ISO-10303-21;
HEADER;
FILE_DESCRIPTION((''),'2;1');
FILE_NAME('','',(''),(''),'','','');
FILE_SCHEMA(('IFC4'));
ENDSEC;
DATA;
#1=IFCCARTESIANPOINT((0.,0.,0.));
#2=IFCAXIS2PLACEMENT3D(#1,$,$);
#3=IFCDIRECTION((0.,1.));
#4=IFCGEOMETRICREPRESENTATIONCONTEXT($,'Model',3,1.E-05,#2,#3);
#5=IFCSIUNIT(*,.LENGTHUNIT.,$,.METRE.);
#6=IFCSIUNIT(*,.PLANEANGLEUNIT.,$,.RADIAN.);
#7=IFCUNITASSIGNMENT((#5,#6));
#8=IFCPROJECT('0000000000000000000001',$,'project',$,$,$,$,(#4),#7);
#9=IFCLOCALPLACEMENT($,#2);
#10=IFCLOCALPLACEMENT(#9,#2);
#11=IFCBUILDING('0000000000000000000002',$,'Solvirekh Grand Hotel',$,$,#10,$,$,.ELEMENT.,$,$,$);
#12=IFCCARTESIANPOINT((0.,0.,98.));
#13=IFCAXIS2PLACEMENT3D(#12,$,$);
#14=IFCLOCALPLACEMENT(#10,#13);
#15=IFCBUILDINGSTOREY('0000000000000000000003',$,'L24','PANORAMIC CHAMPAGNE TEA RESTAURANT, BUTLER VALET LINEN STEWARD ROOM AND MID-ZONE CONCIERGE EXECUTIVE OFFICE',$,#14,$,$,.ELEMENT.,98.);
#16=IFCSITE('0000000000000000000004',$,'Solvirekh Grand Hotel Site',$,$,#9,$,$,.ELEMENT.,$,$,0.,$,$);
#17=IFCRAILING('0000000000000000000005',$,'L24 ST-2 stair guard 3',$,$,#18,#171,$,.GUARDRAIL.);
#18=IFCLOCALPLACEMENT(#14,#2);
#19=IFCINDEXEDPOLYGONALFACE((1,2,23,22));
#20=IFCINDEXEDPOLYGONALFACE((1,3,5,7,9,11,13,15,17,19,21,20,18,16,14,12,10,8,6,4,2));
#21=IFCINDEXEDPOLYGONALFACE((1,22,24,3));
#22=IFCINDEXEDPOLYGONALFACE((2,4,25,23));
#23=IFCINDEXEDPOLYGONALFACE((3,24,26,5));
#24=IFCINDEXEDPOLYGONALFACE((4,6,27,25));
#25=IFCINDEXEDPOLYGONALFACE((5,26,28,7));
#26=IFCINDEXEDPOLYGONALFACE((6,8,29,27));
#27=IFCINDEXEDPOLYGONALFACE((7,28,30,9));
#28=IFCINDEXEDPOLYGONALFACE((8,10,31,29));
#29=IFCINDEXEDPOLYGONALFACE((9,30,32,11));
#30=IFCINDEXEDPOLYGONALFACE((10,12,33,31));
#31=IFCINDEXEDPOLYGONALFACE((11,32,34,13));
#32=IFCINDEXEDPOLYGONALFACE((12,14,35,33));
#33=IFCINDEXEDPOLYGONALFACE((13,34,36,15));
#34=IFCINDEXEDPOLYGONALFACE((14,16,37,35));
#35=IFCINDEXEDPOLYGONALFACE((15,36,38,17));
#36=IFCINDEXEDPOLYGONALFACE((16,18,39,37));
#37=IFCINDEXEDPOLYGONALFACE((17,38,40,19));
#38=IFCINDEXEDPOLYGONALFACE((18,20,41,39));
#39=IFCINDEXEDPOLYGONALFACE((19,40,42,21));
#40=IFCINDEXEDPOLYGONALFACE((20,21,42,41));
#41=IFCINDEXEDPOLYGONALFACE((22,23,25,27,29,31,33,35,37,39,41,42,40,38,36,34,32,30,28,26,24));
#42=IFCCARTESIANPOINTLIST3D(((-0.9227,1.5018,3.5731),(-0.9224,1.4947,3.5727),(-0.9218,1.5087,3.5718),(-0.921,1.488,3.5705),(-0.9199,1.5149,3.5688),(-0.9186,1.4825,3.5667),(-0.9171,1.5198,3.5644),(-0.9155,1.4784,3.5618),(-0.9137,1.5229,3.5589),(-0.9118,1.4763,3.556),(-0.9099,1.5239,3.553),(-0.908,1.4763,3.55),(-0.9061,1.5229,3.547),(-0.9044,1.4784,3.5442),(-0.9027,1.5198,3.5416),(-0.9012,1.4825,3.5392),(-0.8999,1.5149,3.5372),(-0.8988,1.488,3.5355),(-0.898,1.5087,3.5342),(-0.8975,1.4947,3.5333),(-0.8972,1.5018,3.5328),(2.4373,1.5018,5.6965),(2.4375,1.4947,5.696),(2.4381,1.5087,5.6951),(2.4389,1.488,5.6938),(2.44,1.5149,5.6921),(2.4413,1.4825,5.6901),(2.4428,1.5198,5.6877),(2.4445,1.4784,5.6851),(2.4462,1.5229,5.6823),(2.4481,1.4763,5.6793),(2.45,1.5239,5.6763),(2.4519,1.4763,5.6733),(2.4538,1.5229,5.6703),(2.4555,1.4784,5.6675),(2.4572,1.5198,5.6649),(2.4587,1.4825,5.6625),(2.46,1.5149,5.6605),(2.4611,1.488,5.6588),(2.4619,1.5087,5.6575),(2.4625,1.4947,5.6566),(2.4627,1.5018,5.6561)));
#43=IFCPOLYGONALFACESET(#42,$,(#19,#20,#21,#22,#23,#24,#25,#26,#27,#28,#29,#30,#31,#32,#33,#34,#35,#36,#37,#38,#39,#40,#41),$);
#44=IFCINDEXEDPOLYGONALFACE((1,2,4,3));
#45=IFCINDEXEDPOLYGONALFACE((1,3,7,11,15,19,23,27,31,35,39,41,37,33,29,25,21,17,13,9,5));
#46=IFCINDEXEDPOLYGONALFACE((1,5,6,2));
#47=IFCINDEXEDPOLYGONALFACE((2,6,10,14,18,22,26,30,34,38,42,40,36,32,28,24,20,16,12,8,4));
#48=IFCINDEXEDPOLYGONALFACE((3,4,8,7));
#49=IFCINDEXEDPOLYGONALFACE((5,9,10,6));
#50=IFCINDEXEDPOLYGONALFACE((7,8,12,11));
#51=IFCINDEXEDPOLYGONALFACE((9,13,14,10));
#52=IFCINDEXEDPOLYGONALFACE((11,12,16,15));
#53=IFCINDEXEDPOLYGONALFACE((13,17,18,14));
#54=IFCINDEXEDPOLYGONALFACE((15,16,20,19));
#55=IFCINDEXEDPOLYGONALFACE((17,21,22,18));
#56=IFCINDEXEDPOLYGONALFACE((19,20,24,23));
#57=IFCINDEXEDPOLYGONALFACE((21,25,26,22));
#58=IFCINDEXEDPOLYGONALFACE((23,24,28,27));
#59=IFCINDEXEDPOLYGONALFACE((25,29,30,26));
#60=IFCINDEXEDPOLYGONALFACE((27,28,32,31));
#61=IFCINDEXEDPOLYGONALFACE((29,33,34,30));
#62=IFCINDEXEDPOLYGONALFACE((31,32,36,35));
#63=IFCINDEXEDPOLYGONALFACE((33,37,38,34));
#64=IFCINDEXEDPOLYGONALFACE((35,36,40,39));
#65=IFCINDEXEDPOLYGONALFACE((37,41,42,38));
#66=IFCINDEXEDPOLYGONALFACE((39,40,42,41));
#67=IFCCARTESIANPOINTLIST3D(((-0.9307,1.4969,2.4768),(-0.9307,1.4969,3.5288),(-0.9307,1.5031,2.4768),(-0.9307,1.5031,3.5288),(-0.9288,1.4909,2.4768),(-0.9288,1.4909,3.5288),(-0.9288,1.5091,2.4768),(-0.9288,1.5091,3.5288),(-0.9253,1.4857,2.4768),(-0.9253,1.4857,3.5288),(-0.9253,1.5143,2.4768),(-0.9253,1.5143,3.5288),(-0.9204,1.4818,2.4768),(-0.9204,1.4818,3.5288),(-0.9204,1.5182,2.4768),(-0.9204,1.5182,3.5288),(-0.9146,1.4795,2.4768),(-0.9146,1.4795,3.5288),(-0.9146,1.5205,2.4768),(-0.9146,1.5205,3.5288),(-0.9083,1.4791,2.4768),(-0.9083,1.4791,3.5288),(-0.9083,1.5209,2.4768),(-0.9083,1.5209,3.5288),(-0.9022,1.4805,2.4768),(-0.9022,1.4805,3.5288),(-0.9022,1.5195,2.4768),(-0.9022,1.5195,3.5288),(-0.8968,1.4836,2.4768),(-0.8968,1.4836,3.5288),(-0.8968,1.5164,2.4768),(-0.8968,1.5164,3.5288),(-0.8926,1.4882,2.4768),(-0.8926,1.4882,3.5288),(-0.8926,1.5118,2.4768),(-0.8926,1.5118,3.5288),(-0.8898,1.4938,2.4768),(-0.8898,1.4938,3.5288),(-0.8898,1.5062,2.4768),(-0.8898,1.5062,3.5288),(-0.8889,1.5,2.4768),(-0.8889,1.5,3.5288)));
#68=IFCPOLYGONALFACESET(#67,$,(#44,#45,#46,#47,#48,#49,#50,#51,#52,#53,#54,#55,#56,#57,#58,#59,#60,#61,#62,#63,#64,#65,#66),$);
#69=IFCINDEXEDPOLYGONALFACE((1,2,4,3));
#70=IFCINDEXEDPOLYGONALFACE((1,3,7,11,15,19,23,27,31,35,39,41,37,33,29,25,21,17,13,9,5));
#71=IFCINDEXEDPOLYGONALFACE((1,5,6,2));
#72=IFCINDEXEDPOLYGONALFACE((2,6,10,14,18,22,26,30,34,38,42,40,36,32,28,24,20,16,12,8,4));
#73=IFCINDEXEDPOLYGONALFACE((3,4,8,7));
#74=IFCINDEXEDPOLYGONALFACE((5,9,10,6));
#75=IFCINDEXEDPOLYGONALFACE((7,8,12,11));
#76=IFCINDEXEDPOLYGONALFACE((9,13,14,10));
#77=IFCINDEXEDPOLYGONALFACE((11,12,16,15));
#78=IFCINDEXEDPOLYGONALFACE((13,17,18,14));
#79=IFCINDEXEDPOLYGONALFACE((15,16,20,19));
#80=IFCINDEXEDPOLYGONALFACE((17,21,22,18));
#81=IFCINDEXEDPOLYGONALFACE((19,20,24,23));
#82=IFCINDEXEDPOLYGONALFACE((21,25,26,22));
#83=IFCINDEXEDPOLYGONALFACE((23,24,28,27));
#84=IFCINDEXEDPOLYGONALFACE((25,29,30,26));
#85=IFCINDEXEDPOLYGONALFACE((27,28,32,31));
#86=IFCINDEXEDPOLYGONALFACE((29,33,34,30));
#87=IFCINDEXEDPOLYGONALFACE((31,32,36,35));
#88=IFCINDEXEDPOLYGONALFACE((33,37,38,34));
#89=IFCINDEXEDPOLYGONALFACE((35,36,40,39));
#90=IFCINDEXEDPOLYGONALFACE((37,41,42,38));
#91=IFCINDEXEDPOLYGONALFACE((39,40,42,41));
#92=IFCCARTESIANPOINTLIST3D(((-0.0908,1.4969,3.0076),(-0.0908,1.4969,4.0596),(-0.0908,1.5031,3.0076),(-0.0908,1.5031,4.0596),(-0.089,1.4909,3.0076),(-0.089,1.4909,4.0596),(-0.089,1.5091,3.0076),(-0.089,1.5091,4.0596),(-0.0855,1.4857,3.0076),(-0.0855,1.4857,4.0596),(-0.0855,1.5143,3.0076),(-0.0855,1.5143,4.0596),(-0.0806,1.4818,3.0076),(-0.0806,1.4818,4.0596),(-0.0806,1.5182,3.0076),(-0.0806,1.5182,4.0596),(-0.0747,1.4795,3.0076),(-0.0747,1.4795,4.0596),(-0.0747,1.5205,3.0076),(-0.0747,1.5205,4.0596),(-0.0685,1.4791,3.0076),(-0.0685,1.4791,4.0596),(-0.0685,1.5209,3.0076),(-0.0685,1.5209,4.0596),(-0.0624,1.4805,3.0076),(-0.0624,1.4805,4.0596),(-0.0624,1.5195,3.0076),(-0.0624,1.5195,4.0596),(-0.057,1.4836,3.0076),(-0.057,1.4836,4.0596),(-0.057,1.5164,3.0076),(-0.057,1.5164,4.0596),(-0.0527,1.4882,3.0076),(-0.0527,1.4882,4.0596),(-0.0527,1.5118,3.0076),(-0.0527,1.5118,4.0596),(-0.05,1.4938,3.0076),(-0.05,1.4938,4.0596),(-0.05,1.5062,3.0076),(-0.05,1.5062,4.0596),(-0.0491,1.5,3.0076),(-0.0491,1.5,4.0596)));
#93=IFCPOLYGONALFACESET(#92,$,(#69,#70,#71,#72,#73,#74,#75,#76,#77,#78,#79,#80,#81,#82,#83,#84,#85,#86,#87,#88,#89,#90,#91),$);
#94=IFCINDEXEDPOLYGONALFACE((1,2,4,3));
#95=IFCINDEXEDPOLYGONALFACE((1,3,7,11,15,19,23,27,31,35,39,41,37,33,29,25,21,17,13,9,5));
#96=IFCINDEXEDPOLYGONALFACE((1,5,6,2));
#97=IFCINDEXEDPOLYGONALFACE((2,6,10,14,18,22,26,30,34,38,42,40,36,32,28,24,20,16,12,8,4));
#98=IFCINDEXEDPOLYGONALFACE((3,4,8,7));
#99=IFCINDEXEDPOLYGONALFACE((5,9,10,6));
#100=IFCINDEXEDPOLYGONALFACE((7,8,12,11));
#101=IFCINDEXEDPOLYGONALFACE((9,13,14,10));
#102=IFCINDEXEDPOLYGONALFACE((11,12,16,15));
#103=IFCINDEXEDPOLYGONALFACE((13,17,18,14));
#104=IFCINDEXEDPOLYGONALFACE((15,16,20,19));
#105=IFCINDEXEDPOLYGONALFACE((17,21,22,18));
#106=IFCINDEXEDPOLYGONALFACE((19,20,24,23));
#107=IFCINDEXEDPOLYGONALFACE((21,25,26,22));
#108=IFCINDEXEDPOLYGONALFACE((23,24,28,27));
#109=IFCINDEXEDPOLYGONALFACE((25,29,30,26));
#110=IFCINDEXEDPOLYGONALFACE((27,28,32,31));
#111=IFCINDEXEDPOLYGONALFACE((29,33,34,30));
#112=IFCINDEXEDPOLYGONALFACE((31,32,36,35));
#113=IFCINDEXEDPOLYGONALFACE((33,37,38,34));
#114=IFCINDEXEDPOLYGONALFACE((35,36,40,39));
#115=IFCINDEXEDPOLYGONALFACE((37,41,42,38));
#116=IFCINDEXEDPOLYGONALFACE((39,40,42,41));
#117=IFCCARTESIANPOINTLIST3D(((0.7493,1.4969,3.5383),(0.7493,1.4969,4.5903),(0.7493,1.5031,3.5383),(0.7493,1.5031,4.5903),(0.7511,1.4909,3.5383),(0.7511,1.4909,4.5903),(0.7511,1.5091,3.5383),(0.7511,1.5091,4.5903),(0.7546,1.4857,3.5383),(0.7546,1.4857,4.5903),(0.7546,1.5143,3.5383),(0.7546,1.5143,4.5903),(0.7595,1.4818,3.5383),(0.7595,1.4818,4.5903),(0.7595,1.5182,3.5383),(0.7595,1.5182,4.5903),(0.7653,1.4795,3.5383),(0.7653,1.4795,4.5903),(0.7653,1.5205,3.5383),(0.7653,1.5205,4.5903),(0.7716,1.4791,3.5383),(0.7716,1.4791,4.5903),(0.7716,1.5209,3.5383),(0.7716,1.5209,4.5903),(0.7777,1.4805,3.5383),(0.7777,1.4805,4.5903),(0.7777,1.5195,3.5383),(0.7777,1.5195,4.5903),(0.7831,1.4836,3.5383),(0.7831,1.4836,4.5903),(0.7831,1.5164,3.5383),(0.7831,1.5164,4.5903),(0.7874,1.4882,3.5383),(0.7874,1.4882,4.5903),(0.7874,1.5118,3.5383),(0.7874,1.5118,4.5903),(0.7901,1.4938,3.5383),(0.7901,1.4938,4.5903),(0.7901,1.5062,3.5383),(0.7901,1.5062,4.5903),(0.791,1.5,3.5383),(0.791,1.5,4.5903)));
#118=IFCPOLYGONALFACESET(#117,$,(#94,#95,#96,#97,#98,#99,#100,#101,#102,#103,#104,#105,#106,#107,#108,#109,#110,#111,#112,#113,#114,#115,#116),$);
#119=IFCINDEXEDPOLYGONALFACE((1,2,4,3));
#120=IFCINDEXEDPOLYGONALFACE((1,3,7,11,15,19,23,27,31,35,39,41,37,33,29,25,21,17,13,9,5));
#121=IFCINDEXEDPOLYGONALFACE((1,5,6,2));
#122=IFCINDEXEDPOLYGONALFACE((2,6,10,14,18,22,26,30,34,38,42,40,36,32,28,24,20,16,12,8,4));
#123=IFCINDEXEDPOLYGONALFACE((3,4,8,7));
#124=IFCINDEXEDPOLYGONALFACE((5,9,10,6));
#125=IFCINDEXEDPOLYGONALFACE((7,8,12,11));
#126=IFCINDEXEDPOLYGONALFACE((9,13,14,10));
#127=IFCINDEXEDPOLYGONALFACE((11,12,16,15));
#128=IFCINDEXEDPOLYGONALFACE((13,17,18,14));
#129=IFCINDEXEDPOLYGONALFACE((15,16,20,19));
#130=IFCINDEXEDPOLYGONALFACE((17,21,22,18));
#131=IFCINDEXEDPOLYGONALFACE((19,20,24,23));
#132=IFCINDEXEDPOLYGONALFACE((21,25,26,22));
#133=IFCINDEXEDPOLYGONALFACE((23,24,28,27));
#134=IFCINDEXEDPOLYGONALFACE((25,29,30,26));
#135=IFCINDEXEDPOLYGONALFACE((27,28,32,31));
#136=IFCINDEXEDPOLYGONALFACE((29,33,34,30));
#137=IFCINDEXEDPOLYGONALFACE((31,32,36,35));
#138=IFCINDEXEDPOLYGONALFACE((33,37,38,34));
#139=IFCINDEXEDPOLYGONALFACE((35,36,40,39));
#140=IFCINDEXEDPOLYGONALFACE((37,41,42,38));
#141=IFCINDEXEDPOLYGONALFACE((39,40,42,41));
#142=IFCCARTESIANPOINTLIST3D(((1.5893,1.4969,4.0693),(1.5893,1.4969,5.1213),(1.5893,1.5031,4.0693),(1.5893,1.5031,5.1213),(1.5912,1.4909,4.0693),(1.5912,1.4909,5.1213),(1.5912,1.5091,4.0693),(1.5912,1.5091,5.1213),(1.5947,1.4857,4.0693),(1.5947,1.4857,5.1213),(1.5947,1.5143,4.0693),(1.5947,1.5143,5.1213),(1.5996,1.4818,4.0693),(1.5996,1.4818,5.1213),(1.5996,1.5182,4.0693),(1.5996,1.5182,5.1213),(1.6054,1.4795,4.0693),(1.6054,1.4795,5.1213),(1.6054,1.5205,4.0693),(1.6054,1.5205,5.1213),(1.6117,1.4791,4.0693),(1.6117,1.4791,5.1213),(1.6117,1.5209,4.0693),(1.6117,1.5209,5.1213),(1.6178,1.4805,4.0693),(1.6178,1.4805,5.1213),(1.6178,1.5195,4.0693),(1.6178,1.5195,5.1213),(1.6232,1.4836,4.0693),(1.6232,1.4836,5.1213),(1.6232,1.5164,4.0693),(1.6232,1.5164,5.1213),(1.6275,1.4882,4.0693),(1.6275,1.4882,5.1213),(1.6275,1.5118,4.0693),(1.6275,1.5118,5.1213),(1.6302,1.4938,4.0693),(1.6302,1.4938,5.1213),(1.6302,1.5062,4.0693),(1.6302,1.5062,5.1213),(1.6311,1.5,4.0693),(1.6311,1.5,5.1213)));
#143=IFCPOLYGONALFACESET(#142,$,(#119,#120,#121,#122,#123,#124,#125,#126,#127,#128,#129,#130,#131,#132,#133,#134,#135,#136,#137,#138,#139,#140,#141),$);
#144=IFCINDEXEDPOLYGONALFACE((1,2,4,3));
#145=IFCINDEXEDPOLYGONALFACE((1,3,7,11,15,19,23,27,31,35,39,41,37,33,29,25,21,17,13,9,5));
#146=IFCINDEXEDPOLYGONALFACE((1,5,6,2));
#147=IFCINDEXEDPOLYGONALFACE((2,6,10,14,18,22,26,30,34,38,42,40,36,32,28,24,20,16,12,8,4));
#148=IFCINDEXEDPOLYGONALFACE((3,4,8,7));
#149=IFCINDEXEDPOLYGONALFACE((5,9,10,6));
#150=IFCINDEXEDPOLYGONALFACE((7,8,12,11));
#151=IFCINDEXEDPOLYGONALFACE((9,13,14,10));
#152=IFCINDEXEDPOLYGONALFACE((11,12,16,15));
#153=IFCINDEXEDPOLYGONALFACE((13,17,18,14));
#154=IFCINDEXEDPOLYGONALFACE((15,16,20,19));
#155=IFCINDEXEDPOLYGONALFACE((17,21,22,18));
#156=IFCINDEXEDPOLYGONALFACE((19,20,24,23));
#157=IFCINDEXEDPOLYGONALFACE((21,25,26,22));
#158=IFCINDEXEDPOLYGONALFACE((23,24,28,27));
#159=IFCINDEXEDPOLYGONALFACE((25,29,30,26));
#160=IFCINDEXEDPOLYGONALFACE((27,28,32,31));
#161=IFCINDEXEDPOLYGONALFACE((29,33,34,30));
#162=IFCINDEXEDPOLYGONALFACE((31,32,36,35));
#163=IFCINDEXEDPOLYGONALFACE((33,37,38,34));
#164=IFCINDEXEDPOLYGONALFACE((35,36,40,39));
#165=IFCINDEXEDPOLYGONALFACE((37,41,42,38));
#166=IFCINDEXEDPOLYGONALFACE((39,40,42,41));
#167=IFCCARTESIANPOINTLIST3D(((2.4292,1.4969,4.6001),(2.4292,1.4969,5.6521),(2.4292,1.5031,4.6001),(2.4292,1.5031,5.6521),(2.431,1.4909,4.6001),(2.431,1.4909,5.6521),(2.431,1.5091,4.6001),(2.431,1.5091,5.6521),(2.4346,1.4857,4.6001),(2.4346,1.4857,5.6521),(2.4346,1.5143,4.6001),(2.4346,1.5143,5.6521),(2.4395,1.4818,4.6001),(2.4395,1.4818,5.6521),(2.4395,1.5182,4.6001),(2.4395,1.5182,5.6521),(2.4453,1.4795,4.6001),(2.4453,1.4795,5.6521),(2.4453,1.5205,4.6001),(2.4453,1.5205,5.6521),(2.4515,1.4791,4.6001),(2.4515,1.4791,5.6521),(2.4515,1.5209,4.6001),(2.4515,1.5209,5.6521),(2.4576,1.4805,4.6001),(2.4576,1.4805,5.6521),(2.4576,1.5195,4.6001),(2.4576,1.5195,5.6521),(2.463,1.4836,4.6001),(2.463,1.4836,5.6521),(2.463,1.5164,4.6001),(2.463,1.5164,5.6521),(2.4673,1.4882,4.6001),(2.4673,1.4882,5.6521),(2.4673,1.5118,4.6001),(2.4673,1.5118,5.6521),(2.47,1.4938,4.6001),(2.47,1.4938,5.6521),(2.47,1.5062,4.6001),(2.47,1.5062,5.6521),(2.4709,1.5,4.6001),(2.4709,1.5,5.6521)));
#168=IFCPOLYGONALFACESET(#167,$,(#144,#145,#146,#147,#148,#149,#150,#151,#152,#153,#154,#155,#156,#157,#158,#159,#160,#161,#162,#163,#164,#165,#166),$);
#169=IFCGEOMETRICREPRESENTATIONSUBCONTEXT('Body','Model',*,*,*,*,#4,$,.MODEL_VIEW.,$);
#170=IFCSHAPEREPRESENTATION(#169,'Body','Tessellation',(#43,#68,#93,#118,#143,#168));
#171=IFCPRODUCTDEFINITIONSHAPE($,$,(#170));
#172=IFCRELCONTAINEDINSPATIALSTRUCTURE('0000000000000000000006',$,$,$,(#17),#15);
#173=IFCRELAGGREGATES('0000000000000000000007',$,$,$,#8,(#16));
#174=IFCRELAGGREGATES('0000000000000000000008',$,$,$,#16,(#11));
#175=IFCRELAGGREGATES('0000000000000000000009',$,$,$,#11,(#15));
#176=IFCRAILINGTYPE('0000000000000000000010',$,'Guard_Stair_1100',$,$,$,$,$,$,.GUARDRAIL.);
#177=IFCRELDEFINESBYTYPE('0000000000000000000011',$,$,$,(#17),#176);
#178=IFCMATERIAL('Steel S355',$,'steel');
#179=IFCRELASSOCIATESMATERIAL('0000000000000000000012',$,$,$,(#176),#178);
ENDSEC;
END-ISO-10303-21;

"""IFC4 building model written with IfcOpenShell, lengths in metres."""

from ifc_helpers import new_model, si_unit, direction, frame, origin, origin_2d, place, context, subcontext, project, spatial, circle, extrude, material, type_object, element, save


model = new_model("IFC4")

# Units and contexts
model_context = context("Model", 3, precision=1e-05, world=origin(), true_north=direction((0.0, 1.0)))
body_context = subcontext(model_context, "Body", "Model", "MODEL_VIEW")
ifc_project = project(units=[si_unit("LENGTHUNIT", "METRE"), si_unit("PLANEANGLEUNIT", "RADIAN")], contexts=[model_context])

# Site, building, storey
site_placement = place(None, origin())
site = spatial("IfcSite", under=ifc_project, at=site_placement, Name="Solvirekh Grand Hotel Site", CompositionType="ELEMENT", RefElevation=0.0)
building_placement = place(site_placement, origin())
building = spatial("IfcBuilding", under=site, at=building_placement, Name="Solvirekh Grand Hotel", CompositionType="ELEMENT")
storey_placement = place(building_placement, frame((0.0, 0.0, 98.0)))
storey = spatial("IfcBuildingStorey", under=building, at=storey_placement, Name="L24", Description="PANORAMIC CHAMPAGNE TEA RESTAURANT, BUTLER VALET LINEN STEWARD ROOM AND MID-ZONE CONCIERGE EXECUTIVE OFFICE", CompositionType="ELEMENT", Elevation=98.0)

# Railing
ifc_material_1 = material(Name="Steel S355", Category="steel")
railing_type_1 = type_object("IfcRailingType", Name="Guard_Stair_1100", PredefinedType="GUARDRAIL", material=ifc_material_1)
railing_1_placement = place(storey_placement, frame((-0.9099, 1.5, 2.4768)))
element("IfcRailing", 1, at=railing_1_placement, inside=storey, type_object=railing_type_1, Name="L24 ST-2 stair guard 3", PredefinedType="GUARDRAIL", context=body_context, shape_type="SweptSolid", body=[
    extrude(circle(Radius=0.0239, at=origin_2d()), frame((0.0, 0.0, 1.0762), z_axis=(0.845344, 0.0, 0.534222), x_axis=(0.0, 1.0, 0.0)), (0.0, 0.0, 1.0), 3.9746),
    extrude(circle(Radius=0.021, at=origin_2d()), origin(), (0.0, 0.0, 1.0), 1.052),
    extrude(circle(Radius=0.021, at=origin_2d()), frame((0.8398, 0.0, 0.5308)), (0.0, 0.0, 1.0), 1.052),
    extrude(circle(Radius=0.021, at=origin_2d()), frame((1.6799, 0.0, 1.0615)), (0.0, 0.0, 1.0), 1.052),
    extrude(circle(Radius=0.021, at=origin_2d()), frame((2.52, 0.0, 1.5925)), (0.0, 0.0, 1.0), 1.052),
    extrude(circle(Radius=0.021, at=origin_2d()), frame((3.3599, 0.0, 2.1233)), (0.0, 0.0, 1.0), 1.052),
])

save(model, "model.ifc")
